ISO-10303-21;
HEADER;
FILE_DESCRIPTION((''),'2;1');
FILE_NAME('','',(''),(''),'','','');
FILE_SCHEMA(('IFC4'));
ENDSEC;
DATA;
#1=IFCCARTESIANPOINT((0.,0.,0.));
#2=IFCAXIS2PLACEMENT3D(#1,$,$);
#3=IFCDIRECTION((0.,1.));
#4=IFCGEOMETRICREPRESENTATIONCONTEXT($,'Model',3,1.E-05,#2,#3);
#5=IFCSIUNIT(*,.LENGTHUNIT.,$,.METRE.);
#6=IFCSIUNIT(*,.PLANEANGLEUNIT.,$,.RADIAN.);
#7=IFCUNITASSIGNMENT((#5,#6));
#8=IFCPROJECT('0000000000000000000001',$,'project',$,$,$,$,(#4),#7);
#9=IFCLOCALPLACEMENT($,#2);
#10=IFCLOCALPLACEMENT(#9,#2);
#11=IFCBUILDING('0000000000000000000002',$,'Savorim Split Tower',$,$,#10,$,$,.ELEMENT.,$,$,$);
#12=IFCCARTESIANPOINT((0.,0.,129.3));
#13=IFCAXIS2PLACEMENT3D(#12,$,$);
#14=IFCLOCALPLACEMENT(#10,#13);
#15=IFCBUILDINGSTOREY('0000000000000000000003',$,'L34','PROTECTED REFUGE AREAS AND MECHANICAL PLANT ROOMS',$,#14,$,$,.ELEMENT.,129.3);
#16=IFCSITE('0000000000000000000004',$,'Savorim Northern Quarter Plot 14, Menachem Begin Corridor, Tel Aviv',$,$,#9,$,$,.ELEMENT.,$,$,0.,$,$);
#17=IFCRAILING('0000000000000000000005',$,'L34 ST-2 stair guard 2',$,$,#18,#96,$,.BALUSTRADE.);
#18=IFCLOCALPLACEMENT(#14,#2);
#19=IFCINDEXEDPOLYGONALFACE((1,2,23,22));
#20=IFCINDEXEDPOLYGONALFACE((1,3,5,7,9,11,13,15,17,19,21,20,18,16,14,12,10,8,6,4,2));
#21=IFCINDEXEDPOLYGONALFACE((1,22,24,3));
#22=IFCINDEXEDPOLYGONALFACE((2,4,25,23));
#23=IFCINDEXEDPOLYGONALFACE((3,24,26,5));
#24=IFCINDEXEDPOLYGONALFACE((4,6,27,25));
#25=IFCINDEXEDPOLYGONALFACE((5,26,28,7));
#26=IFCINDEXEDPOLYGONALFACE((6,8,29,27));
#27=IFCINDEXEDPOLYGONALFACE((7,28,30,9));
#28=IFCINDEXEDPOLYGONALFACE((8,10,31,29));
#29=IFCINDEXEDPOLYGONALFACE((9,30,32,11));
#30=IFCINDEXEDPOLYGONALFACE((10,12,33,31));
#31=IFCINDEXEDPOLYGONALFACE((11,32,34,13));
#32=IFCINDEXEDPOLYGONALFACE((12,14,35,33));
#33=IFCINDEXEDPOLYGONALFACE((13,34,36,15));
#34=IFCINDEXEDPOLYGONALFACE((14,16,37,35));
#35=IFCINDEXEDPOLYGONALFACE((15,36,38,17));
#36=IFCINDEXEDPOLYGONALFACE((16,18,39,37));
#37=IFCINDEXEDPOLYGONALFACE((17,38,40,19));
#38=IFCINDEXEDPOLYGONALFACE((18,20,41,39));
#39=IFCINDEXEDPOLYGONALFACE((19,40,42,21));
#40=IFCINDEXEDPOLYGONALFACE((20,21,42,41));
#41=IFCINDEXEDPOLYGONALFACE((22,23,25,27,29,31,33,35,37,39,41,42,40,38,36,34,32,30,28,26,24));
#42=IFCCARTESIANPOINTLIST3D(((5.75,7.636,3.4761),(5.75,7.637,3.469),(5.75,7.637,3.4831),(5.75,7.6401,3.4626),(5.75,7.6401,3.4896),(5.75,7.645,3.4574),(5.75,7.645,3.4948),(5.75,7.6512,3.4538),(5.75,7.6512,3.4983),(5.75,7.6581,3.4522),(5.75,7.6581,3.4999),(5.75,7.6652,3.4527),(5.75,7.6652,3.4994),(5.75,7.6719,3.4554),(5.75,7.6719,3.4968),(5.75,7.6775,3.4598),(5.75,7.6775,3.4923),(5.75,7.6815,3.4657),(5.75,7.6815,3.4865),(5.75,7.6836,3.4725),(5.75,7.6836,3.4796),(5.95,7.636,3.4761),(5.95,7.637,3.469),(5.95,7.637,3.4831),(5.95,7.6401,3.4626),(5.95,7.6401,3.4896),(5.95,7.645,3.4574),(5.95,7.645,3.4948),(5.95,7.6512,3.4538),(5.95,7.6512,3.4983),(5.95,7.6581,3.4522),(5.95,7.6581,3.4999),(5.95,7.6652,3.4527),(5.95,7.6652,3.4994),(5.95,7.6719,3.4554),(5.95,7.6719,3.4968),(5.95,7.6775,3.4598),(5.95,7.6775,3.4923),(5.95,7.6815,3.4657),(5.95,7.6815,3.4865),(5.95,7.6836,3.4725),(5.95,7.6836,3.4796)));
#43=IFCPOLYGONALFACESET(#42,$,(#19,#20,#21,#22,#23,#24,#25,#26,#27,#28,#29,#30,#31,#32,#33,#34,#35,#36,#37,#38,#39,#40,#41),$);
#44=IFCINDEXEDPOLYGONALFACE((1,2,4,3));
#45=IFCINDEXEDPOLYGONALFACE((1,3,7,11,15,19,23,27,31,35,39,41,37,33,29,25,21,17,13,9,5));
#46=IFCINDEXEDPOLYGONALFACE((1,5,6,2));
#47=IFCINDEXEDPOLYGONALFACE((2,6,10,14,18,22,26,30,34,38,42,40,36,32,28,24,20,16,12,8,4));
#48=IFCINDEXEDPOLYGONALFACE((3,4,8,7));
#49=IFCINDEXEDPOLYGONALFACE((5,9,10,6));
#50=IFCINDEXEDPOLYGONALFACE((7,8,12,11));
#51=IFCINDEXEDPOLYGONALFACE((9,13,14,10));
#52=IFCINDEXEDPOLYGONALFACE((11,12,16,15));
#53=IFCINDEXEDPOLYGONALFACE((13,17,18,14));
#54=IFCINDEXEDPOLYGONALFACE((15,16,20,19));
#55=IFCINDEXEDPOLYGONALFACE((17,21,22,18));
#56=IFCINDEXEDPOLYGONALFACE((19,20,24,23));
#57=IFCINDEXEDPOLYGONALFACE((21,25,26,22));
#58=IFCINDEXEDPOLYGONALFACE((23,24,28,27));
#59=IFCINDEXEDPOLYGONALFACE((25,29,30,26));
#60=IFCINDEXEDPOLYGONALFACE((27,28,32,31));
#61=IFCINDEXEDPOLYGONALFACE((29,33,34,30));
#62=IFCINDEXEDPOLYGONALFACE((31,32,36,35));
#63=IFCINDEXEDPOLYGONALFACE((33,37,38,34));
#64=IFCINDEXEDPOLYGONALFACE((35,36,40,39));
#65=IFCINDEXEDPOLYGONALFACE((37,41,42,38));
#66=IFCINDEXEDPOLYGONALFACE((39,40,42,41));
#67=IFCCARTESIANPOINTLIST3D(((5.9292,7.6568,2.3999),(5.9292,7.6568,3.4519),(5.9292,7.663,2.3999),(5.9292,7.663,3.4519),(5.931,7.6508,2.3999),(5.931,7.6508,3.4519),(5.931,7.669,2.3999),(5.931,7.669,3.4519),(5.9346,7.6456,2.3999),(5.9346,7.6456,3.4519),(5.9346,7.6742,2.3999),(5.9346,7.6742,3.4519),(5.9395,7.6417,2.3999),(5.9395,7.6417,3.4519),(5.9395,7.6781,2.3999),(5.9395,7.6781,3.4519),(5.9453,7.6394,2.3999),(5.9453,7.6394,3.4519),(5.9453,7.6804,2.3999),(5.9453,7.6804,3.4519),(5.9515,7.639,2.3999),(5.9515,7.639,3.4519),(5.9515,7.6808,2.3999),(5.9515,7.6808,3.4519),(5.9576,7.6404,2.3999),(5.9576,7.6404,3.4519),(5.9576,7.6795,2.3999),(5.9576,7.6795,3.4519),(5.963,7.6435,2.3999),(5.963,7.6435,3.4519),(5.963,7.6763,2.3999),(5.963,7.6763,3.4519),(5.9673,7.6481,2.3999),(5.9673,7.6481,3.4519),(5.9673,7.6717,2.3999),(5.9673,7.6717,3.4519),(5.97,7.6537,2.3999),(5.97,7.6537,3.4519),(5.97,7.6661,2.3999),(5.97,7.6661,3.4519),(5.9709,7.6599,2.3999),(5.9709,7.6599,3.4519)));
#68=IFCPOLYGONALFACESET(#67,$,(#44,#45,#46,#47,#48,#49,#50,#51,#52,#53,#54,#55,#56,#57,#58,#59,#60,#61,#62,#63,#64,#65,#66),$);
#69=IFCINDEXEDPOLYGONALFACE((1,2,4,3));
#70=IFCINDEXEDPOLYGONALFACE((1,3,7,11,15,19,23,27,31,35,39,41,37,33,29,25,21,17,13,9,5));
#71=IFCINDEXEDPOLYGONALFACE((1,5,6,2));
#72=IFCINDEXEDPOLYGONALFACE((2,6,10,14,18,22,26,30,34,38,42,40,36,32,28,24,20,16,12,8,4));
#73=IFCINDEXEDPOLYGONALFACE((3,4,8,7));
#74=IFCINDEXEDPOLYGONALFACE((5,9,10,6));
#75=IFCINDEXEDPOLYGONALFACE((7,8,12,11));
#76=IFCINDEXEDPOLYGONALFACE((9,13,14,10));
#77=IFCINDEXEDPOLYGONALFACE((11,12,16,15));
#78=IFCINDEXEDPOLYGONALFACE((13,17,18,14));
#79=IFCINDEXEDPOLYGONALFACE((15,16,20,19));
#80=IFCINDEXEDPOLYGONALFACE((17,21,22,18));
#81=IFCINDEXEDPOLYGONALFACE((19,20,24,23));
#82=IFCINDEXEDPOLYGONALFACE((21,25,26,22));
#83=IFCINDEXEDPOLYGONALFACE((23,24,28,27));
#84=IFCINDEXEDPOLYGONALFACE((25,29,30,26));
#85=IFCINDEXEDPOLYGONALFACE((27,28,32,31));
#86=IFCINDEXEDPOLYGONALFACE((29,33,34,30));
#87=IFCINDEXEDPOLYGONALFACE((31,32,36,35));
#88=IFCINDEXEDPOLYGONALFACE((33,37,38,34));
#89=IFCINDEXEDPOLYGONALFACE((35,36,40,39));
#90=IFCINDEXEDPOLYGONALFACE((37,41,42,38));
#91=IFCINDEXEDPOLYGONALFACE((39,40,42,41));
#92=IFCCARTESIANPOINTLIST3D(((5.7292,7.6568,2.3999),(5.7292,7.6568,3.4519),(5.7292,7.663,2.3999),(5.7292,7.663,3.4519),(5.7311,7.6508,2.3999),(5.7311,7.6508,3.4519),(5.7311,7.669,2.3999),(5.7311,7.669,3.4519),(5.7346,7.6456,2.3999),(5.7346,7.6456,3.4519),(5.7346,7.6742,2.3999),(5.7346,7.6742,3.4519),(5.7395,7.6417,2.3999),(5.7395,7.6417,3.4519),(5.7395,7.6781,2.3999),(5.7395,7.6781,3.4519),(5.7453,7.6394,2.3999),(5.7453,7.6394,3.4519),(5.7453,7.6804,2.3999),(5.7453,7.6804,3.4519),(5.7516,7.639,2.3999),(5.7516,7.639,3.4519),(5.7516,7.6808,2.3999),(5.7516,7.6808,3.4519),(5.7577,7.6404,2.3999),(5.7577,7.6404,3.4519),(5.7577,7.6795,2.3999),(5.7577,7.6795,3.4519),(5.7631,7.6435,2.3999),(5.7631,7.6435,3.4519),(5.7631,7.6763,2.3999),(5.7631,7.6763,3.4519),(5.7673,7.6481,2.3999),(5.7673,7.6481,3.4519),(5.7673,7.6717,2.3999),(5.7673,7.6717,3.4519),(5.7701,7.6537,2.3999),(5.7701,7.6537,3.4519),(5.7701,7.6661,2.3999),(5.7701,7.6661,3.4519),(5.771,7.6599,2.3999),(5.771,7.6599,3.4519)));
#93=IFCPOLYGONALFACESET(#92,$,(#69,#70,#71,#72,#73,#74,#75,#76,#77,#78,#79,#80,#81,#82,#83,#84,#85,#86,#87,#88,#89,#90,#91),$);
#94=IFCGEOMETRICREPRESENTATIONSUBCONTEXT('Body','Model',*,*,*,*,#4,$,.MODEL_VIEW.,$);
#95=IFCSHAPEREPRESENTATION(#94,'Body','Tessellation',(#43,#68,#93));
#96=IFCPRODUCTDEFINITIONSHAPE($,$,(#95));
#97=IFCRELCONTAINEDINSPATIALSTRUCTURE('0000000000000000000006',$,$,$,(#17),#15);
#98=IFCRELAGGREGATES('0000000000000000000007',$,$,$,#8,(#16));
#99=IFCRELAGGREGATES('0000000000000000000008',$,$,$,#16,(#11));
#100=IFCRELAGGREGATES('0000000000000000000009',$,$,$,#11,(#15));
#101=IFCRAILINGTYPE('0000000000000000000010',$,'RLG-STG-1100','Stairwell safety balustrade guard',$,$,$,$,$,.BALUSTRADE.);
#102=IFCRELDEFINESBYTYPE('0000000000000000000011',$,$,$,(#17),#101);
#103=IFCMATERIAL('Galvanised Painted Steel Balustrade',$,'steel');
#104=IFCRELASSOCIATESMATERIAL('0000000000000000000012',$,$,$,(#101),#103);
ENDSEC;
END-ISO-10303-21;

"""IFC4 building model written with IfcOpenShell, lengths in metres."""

from ifc_helpers import new_model, si_unit, direction, frame, origin, origin_2d, place, context, subcontext, project, spatial, circle, extrude, material, type_object, element, save


model = new_model("IFC4")

# Units and contexts
model_context = context("Model", 3, precision=1e-05, world=origin(), true_north=direction((0.0, 1.0)))
body_context = subcontext(model_context, "Body", "Model", "MODEL_VIEW")
ifc_project = project(units=[si_unit("LENGTHUNIT", "METRE"), si_unit("PLANEANGLEUNIT", "RADIAN")], contexts=[model_context])

# Site, building, storey
site_placement = place(None, origin())
site = spatial("IfcSite", under=ifc_project, at=site_placement, Name="Savorim Northern Quarter Plot 14, Menachem Begin Corridor, Tel Aviv", CompositionType="ELEMENT", RefElevation=0.0)
building_placement = place(site_placement, origin())
building = spatial("IfcBuilding", under=site, at=building_placement, Name="Savorim Split Tower", CompositionType="ELEMENT")
storey_placement = place(building_placement, frame((0.0, 0.0, 129.3)))
storey = spatial("IfcBuildingStorey", under=building, at=storey_placement, Name="L34", Description="PROTECTED REFUGE AREAS AND MECHANICAL PLANT ROOMS", CompositionType="ELEMENT", Elevation=129.3)

# Shared definitions
ifc_material_1 = material(Name="Galvanised Painted Steel Balustrade", Category="steel")

# Railing
railing_type_1 = type_object("IfcRailingType", Name="RLG-STG-1100", Description="Stairwell safety balustrade guard", PredefinedType="BALUSTRADE", material=ifc_material_1)
railing_1_placement = place(storey_placement, frame((5.95, 7.6599, 2.3999)))
element("IfcRailing", 1, at=railing_1_placement, inside=storey, type_object=railing_type_1, Name="L34 ST-2 stair guard 2", PredefinedType="BALUSTRADE", context=body_context, shape_type="SweptSolid", body=[
    extrude(circle(Radius=0.0239, at=origin_2d()), frame((0.0, 0.0, 1.0762), z_axis=(-1.0, 0.0, 0.0), x_axis=(0.0, -1.0, 0.0)), (0.0, 0.0, 1.0), 0.2),
    extrude(circle(Radius=0.021, at=origin_2d()), origin(), (0.0, 0.0, 1.0), 1.052),
    extrude(circle(Radius=0.021, at=origin_2d()), frame((-0.2, 0.0, 0.0)), (0.0, 0.0, 1.0), 1.052),
])

save(model, "model.ifc")
